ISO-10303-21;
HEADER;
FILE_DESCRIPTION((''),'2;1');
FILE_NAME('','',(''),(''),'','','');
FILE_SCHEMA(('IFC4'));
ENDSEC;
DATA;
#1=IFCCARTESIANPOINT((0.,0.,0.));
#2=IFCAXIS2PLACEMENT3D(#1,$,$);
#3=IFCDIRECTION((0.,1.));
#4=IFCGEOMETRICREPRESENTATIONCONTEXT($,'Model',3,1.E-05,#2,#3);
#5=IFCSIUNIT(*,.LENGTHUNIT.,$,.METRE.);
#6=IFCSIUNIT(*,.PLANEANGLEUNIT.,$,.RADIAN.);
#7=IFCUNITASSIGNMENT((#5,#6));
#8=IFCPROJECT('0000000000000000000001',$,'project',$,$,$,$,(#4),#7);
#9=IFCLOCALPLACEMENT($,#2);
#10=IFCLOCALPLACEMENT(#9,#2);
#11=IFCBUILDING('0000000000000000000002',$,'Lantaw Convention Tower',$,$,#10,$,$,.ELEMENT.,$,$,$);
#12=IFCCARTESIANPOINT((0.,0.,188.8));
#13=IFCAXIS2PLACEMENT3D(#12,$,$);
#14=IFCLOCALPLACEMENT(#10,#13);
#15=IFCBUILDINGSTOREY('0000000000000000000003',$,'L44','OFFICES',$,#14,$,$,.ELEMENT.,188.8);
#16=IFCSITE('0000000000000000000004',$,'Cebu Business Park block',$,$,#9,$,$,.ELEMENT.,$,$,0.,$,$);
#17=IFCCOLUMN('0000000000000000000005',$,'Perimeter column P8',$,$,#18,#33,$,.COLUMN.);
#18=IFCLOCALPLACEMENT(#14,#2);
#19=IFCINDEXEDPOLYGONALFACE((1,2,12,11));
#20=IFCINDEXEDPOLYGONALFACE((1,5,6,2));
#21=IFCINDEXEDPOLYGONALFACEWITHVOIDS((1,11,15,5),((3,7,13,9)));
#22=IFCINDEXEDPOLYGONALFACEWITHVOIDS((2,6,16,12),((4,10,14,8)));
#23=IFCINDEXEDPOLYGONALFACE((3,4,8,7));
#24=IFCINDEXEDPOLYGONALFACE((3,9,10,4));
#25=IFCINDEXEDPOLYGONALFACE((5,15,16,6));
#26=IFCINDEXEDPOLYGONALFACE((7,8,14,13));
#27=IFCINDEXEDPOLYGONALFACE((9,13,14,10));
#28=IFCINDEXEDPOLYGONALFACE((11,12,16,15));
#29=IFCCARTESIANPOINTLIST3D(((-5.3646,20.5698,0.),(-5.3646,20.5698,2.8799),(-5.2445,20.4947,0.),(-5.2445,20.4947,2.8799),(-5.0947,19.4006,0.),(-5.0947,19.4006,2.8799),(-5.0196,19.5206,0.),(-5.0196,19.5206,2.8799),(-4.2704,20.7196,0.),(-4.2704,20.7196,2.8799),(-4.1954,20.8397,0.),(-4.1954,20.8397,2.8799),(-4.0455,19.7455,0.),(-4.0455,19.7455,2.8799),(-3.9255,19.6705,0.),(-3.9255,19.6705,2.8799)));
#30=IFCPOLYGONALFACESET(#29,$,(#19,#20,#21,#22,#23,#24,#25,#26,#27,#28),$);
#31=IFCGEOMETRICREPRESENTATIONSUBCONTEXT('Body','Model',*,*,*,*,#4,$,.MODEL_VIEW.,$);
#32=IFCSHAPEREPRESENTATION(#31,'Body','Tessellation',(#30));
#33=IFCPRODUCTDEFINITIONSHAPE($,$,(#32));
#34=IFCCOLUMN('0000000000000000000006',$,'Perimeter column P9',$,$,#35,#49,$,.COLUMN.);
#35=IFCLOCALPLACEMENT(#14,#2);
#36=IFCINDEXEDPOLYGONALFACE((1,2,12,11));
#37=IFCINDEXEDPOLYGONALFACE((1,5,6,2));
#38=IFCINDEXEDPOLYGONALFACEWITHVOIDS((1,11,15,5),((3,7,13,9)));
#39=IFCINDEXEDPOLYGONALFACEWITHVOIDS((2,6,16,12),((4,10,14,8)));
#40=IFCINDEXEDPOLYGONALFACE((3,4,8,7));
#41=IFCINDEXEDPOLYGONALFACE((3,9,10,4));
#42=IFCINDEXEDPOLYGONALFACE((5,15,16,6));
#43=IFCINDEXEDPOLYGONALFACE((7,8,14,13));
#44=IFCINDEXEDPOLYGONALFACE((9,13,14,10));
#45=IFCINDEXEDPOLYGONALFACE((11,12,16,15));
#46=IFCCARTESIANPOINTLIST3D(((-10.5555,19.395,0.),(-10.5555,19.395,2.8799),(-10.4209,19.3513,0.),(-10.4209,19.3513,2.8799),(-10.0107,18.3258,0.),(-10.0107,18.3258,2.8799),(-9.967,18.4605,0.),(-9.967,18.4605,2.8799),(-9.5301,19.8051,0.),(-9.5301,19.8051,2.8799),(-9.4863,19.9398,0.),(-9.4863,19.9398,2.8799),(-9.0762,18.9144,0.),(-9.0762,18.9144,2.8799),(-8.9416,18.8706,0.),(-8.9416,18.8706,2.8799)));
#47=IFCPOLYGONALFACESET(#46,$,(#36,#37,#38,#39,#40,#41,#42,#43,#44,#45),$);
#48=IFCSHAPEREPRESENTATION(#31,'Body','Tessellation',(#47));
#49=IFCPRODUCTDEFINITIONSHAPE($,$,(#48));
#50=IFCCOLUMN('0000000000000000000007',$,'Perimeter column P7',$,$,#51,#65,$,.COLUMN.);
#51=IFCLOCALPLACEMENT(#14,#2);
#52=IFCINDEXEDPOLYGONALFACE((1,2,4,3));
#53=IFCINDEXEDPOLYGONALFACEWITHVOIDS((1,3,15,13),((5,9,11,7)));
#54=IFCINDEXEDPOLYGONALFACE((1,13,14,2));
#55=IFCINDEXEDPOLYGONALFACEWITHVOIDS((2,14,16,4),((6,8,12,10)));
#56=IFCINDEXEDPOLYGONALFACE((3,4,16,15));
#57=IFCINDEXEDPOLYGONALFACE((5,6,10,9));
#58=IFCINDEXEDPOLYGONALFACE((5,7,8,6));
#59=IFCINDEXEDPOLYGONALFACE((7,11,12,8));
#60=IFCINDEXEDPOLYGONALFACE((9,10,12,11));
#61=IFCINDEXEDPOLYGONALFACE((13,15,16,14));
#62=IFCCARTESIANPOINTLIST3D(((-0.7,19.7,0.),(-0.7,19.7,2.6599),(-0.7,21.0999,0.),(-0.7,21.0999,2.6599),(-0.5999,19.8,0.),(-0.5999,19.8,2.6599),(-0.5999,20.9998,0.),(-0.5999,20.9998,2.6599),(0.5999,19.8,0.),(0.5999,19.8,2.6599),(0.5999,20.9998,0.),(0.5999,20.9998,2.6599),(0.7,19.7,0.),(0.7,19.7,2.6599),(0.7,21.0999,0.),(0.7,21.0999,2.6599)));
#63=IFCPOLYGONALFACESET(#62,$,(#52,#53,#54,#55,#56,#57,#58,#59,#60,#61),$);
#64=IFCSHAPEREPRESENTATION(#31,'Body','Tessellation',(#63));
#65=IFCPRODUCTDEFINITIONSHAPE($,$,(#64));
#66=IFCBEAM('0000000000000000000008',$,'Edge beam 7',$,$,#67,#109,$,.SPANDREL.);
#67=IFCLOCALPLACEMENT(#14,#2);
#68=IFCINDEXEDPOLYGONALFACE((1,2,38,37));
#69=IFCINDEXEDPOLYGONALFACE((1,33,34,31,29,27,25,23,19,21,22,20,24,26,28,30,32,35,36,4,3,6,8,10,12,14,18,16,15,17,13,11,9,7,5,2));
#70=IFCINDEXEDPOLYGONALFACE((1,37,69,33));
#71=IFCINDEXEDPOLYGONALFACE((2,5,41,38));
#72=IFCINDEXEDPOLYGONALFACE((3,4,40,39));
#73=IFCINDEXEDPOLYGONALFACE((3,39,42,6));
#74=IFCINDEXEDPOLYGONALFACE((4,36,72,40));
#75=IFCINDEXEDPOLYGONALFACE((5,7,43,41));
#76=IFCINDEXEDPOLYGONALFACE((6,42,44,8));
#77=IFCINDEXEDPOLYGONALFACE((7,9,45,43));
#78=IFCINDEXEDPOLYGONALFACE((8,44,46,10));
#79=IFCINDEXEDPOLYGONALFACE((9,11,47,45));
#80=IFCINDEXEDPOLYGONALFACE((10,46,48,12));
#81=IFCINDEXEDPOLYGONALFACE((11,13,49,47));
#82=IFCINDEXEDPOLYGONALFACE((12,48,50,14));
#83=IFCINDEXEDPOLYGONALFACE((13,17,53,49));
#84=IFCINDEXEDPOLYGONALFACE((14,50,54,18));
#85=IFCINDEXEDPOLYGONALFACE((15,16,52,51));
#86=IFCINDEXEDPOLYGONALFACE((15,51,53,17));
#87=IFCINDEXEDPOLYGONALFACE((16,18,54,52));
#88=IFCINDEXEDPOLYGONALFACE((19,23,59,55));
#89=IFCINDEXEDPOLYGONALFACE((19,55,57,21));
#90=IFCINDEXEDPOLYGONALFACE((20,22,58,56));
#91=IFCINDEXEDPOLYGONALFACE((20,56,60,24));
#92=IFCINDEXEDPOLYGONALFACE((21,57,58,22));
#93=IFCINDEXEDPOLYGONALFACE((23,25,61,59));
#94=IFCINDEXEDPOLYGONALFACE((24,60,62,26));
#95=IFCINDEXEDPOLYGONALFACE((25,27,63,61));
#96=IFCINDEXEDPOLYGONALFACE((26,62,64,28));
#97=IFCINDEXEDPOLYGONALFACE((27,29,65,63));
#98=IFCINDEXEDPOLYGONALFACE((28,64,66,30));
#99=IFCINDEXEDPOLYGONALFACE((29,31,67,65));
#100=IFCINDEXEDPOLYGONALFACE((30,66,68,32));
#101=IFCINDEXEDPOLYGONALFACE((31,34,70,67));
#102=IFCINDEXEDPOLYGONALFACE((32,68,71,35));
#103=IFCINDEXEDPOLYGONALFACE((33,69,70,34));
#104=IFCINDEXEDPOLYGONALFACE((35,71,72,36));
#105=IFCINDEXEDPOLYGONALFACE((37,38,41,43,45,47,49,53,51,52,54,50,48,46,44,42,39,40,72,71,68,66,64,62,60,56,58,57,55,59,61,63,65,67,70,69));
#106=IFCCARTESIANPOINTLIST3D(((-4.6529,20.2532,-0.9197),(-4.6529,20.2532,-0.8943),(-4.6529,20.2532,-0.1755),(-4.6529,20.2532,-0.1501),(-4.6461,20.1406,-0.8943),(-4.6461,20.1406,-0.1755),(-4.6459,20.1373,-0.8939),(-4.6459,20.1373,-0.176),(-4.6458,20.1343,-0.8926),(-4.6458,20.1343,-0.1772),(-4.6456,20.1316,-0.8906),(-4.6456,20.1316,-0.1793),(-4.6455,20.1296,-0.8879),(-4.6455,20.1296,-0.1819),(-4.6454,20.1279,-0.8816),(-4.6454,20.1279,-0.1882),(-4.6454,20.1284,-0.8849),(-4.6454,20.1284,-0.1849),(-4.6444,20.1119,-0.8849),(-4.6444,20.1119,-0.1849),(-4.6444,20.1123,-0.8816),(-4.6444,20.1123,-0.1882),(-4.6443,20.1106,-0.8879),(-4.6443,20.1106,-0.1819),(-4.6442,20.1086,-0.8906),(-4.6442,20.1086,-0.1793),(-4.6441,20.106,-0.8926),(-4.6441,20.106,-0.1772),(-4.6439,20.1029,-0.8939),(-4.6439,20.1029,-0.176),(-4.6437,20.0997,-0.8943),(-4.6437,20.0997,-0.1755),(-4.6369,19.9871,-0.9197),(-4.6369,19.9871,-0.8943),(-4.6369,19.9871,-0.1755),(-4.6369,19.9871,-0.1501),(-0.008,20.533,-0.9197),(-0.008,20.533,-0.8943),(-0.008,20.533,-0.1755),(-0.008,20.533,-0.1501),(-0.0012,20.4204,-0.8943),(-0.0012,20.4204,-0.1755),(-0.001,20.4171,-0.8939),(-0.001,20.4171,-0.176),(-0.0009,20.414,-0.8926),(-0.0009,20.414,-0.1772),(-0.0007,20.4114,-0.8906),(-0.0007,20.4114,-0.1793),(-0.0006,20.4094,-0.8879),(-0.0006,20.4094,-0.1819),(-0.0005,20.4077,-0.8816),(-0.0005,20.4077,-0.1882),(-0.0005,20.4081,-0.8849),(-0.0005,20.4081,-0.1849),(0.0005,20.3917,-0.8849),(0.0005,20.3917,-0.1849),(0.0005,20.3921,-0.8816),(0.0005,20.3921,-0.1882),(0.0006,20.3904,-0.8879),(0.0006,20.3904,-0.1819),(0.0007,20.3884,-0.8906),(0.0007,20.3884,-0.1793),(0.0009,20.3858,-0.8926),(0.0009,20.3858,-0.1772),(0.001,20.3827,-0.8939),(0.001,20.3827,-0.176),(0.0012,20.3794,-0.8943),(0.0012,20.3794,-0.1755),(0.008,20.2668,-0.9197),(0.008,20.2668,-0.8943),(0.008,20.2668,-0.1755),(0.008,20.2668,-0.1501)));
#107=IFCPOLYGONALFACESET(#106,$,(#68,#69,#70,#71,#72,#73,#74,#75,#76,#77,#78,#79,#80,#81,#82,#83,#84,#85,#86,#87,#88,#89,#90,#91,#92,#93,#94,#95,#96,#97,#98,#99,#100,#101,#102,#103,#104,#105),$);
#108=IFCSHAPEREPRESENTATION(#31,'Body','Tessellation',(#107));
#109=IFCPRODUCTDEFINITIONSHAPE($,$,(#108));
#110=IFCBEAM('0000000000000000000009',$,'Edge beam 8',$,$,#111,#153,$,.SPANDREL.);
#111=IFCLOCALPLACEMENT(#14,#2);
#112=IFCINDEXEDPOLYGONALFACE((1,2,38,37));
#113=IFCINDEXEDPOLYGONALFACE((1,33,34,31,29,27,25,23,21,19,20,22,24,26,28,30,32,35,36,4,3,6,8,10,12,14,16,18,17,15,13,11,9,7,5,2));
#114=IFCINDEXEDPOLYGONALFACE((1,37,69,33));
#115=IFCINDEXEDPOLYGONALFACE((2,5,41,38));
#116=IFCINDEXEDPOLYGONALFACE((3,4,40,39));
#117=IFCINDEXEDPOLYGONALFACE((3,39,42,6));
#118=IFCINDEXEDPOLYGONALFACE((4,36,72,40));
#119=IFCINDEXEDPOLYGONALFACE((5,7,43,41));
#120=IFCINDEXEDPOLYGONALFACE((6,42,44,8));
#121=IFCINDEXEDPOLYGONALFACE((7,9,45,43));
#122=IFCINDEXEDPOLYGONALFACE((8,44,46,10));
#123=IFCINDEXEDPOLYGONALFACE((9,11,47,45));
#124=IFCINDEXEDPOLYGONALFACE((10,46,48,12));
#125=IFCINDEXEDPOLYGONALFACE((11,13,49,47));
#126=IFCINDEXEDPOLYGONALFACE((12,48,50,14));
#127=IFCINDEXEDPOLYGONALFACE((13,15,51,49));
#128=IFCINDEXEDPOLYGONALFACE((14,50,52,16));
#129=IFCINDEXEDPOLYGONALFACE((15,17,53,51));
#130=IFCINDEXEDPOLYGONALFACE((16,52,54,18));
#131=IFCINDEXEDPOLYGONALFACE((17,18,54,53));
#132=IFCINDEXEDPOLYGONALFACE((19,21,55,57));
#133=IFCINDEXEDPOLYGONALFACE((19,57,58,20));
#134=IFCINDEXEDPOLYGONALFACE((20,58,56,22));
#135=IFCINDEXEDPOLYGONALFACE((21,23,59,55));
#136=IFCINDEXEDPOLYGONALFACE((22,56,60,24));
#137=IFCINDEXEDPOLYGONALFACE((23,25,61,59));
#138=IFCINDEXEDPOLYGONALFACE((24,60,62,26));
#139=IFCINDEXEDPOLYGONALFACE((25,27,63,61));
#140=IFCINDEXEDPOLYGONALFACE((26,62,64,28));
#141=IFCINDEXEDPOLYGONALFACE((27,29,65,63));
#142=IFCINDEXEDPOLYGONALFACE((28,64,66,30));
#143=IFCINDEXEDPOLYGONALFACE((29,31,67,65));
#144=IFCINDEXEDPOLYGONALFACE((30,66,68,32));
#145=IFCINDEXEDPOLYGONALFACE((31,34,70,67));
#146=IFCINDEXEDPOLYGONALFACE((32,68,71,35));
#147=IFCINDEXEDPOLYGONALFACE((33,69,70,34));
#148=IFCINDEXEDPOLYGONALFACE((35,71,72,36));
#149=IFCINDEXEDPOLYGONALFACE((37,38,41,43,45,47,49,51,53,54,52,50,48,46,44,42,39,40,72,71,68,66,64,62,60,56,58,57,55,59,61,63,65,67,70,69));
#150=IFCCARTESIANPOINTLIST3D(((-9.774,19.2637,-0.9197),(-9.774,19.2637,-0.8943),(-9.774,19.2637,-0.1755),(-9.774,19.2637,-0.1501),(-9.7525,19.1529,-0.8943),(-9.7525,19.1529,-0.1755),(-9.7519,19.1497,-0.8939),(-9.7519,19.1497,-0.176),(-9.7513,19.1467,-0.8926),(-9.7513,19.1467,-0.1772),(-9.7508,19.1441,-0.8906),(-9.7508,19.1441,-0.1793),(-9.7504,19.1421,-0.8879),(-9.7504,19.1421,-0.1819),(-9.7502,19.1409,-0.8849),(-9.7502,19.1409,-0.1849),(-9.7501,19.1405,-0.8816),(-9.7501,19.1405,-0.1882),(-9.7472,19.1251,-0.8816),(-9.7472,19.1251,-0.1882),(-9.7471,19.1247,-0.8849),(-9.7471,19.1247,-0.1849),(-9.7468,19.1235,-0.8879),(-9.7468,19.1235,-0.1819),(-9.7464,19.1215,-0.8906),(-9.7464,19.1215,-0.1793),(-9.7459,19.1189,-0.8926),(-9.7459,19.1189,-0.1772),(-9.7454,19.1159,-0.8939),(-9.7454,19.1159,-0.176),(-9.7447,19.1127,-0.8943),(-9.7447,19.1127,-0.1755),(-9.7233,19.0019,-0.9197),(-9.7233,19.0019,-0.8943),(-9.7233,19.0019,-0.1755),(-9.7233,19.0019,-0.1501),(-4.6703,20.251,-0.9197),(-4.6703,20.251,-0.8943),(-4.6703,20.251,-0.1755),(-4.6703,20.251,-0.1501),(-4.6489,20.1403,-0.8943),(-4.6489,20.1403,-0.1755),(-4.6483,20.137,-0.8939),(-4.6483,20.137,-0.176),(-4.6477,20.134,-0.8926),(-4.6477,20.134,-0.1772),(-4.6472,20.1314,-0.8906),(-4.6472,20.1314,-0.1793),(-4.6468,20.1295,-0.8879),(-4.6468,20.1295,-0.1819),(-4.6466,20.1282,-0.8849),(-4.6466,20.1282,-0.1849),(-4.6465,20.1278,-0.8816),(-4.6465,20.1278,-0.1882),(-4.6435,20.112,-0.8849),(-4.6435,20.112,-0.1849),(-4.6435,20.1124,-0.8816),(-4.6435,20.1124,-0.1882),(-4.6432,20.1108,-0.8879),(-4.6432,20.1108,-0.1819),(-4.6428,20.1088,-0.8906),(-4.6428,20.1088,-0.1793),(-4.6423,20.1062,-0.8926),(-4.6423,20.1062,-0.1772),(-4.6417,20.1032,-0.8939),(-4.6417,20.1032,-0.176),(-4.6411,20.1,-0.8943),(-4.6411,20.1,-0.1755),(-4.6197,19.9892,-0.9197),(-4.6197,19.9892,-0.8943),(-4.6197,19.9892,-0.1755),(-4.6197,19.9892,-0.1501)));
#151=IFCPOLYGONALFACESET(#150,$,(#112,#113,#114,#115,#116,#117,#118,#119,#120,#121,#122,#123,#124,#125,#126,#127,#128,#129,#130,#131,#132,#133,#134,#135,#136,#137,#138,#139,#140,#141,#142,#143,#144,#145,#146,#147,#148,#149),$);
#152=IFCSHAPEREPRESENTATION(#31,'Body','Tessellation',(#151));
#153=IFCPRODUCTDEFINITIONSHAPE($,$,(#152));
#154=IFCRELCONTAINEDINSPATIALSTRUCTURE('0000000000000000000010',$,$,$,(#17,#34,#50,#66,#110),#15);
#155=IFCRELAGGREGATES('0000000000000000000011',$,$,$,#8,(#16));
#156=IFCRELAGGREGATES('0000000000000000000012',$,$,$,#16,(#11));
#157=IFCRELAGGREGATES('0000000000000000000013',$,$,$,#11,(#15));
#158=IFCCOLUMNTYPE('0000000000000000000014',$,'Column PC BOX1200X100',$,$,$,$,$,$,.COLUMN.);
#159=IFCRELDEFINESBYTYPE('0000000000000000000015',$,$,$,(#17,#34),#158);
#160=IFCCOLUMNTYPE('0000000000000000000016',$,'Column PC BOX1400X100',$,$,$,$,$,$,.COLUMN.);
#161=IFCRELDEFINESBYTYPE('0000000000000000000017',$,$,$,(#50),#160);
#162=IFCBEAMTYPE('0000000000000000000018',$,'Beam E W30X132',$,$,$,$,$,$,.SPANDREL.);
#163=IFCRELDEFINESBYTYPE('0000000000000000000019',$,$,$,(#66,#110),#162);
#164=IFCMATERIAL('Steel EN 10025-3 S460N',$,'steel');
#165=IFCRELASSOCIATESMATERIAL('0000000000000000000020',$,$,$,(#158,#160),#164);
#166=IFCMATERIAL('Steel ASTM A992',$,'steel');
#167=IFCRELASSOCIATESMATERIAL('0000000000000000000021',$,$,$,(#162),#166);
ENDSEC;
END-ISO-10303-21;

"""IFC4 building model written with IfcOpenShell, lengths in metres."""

from ifc_helpers import new_model, si_unit, direction, frame, origin, origin_2d, place, context, subcontext, project, spatial, rectangle, hollow_rectangle, i_section, extrude, material, material_profile, profile_set, type_object, element, save


model = new_model("IFC4")

# Units and contexts
model_context = context("Model", 3, precision=1e-05, world=origin(), true_north=direction((0.0, 1.0)))
body_context = subcontext(model_context, "Body", "Model", "MODEL_VIEW")
ifc_project = project(units=[si_unit("LENGTHUNIT", "METRE"), si_unit("PLANEANGLEUNIT", "RADIAN")], contexts=[model_context])

# Site, building, storey
site_placement = place(None, origin())
site = spatial("IfcSite", under=ifc_project, at=site_placement, Name="Cebu Business Park block", CompositionType="ELEMENT", RefElevation=0.0)
building_placement = place(site_placement, origin())
building = spatial("IfcBuilding", under=site, at=building_placement, Name="Lantaw Convention Tower", CompositionType="ELEMENT")
storey_placement = place(building_placement, frame((0.0, 0.0, 188.8)))
storey = spatial("IfcBuildingStorey", under=building, at=storey_placement, Name="L44", Description="OFFICES", CompositionType="ELEMENT", Elevation=188.8)

# Columns
ifc_material_1 = material(Name="Steel EN 10025-3 S460N", Category="steel")
ifc_material_profile_1 = material_profile(ifc_material_1, hollow_rectangle(XDim=1.2, YDim=1.2, WallThickness=0.1001, at=origin_2d()), Name="BOX1200X100")
ifc_material_2 = material(Name="Concrete C60/75", Category="concrete")
ifc_material_profile_2 = material_profile(ifc_material_2, rectangle(XDim=1.0, YDim=1.0, at=origin_2d()), Name="Concrete fill of BOX1200X100")
ifc_profile_set_1 = profile_set([ifc_material_profile_1, ifc_material_profile_2], Name="Steel EN 10025-3 S460N")
column_type_1 = type_object("IfcColumnType", Name="Column PC BOX1200X100", PredefinedType="COLUMN", material=ifc_profile_set_1)
for number, where, z_axis, x_axis, name in (
    (1, (-4.645, 20.1201, 0.0), (0.0, 0.0, 1.0), (0.97437, 0.224951, 0.0), "Perimeter column P8"),
    (2, (-9.7485, 19.1328, 0.0), (0.0, 0.0, 1.0), (0.891007, 0.45399, 0.0), "Perimeter column P9"),
):
    element("IfcColumn", number, at=place(storey_placement, frame(where, z_axis=z_axis, x_axis=x_axis)), inside=storey, type_object=column_type_1, Name=name, PredefinedType="COLUMN", context=body_context, shape_type="SweptSolid", body=[
        extrude(hollow_rectangle(XDim=1.2, YDim=1.2, WallThickness=0.1001, at=origin_2d()), origin(), (0.0, 0.0, 1.0), 2.8799),
    ])
ifc_material_profile_3 = material_profile(ifc_material_1, hollow_rectangle(XDim=1.3999, YDim=1.3999, WallThickness=0.1001, at=origin_2d()), Name="BOX1400X100")
ifc_material_profile_4 = material_profile(ifc_material_2, rectangle(XDim=1.2, YDim=1.2, at=origin_2d()), Name="Concrete fill of BOX1400X100")
ifc_profile_set_2 = profile_set([ifc_material_profile_3, ifc_material_profile_4], Name="Steel EN 10025-3 S460N")
column_type_2 = type_object("IfcColumnType", Name="Column PC BOX1400X100", PredefinedType="COLUMN", material=ifc_profile_set_2)
column_placement = place(storey_placement, frame((0.0, 20.3999, 0.0), z_axis=(0.0, 0.0, 1.0), x_axis=(1.0, 0.0, 0.0)))
element("IfcColumn", 3, at=column_placement, inside=storey, type_object=column_type_2, Name="Perimeter column P7", PredefinedType="COLUMN", context=body_context, shape_type="SweptSolid", body=[
    extrude(hollow_rectangle(XDim=1.3999, YDim=1.3999, WallThickness=0.1001, at=origin_2d()), origin(), (0.0, 0.0, 1.0), 2.6599),
])

# Beams
ifc_material_3 = material(Name="Steel ASTM A992", Category="steel")
ifc_material_profile_5 = material_profile(ifc_material_3, i_section(OverallWidth=0.2666, OverallDepth=0.7695, WebThickness=0.0156, FlangeThickness=0.0254, FilletRadius=0.0127, at=origin_2d()), Name="W30X132")
ifc_profile_set_3 = profile_set([ifc_material_profile_5], Name="Steel ASTM A992")
beam_type = type_object("IfcBeamType", Name="Beam E W30X132", PredefinedType="SPANDREL", material=ifc_profile_set_3)
beam_1_placement = place(storey_placement, frame((0.0, 20.3999, -0.5349), z_axis=(-0.998191, -0.060124, 0.0), x_axis=(0.060124, -0.998191, 0.0)))
element("IfcBeam", 4, at=beam_1_placement, inside=storey, type_object=beam_type, Name="Edge beam 7", PredefinedType="SPANDREL", context=body_context, shape_type="SweptSolid", body=[
    extrude(i_section(OverallWidth=0.2666, OverallDepth=0.7695, WebThickness=0.0156, FlangeThickness=0.0254, FilletRadius=0.0127, at=origin_2d()), origin(), (0.0, 0.0, 1.0), 4.6533),
])
beam_2_placement = place(storey_placement, frame((-4.645, 20.1201, -0.5349), z_axis=(-0.981797, -0.189934, 0.0), x_axis=(0.189934, -0.981797, 0.0)))
element("IfcBeam", 5, at=beam_2_placement, inside=storey, type_object=beam_type, Name="Edge beam 8", PredefinedType="SPANDREL", context=body_context, shape_type="SweptSolid", body=[
    extrude(i_section(OverallWidth=0.2666, OverallDepth=0.7695, WebThickness=0.0156, FlangeThickness=0.0254, FilletRadius=0.0127, at=origin_2d()), origin(), (0.0, 0.0, 1.0), 5.1982),
])

save(model, "model.ifc")
